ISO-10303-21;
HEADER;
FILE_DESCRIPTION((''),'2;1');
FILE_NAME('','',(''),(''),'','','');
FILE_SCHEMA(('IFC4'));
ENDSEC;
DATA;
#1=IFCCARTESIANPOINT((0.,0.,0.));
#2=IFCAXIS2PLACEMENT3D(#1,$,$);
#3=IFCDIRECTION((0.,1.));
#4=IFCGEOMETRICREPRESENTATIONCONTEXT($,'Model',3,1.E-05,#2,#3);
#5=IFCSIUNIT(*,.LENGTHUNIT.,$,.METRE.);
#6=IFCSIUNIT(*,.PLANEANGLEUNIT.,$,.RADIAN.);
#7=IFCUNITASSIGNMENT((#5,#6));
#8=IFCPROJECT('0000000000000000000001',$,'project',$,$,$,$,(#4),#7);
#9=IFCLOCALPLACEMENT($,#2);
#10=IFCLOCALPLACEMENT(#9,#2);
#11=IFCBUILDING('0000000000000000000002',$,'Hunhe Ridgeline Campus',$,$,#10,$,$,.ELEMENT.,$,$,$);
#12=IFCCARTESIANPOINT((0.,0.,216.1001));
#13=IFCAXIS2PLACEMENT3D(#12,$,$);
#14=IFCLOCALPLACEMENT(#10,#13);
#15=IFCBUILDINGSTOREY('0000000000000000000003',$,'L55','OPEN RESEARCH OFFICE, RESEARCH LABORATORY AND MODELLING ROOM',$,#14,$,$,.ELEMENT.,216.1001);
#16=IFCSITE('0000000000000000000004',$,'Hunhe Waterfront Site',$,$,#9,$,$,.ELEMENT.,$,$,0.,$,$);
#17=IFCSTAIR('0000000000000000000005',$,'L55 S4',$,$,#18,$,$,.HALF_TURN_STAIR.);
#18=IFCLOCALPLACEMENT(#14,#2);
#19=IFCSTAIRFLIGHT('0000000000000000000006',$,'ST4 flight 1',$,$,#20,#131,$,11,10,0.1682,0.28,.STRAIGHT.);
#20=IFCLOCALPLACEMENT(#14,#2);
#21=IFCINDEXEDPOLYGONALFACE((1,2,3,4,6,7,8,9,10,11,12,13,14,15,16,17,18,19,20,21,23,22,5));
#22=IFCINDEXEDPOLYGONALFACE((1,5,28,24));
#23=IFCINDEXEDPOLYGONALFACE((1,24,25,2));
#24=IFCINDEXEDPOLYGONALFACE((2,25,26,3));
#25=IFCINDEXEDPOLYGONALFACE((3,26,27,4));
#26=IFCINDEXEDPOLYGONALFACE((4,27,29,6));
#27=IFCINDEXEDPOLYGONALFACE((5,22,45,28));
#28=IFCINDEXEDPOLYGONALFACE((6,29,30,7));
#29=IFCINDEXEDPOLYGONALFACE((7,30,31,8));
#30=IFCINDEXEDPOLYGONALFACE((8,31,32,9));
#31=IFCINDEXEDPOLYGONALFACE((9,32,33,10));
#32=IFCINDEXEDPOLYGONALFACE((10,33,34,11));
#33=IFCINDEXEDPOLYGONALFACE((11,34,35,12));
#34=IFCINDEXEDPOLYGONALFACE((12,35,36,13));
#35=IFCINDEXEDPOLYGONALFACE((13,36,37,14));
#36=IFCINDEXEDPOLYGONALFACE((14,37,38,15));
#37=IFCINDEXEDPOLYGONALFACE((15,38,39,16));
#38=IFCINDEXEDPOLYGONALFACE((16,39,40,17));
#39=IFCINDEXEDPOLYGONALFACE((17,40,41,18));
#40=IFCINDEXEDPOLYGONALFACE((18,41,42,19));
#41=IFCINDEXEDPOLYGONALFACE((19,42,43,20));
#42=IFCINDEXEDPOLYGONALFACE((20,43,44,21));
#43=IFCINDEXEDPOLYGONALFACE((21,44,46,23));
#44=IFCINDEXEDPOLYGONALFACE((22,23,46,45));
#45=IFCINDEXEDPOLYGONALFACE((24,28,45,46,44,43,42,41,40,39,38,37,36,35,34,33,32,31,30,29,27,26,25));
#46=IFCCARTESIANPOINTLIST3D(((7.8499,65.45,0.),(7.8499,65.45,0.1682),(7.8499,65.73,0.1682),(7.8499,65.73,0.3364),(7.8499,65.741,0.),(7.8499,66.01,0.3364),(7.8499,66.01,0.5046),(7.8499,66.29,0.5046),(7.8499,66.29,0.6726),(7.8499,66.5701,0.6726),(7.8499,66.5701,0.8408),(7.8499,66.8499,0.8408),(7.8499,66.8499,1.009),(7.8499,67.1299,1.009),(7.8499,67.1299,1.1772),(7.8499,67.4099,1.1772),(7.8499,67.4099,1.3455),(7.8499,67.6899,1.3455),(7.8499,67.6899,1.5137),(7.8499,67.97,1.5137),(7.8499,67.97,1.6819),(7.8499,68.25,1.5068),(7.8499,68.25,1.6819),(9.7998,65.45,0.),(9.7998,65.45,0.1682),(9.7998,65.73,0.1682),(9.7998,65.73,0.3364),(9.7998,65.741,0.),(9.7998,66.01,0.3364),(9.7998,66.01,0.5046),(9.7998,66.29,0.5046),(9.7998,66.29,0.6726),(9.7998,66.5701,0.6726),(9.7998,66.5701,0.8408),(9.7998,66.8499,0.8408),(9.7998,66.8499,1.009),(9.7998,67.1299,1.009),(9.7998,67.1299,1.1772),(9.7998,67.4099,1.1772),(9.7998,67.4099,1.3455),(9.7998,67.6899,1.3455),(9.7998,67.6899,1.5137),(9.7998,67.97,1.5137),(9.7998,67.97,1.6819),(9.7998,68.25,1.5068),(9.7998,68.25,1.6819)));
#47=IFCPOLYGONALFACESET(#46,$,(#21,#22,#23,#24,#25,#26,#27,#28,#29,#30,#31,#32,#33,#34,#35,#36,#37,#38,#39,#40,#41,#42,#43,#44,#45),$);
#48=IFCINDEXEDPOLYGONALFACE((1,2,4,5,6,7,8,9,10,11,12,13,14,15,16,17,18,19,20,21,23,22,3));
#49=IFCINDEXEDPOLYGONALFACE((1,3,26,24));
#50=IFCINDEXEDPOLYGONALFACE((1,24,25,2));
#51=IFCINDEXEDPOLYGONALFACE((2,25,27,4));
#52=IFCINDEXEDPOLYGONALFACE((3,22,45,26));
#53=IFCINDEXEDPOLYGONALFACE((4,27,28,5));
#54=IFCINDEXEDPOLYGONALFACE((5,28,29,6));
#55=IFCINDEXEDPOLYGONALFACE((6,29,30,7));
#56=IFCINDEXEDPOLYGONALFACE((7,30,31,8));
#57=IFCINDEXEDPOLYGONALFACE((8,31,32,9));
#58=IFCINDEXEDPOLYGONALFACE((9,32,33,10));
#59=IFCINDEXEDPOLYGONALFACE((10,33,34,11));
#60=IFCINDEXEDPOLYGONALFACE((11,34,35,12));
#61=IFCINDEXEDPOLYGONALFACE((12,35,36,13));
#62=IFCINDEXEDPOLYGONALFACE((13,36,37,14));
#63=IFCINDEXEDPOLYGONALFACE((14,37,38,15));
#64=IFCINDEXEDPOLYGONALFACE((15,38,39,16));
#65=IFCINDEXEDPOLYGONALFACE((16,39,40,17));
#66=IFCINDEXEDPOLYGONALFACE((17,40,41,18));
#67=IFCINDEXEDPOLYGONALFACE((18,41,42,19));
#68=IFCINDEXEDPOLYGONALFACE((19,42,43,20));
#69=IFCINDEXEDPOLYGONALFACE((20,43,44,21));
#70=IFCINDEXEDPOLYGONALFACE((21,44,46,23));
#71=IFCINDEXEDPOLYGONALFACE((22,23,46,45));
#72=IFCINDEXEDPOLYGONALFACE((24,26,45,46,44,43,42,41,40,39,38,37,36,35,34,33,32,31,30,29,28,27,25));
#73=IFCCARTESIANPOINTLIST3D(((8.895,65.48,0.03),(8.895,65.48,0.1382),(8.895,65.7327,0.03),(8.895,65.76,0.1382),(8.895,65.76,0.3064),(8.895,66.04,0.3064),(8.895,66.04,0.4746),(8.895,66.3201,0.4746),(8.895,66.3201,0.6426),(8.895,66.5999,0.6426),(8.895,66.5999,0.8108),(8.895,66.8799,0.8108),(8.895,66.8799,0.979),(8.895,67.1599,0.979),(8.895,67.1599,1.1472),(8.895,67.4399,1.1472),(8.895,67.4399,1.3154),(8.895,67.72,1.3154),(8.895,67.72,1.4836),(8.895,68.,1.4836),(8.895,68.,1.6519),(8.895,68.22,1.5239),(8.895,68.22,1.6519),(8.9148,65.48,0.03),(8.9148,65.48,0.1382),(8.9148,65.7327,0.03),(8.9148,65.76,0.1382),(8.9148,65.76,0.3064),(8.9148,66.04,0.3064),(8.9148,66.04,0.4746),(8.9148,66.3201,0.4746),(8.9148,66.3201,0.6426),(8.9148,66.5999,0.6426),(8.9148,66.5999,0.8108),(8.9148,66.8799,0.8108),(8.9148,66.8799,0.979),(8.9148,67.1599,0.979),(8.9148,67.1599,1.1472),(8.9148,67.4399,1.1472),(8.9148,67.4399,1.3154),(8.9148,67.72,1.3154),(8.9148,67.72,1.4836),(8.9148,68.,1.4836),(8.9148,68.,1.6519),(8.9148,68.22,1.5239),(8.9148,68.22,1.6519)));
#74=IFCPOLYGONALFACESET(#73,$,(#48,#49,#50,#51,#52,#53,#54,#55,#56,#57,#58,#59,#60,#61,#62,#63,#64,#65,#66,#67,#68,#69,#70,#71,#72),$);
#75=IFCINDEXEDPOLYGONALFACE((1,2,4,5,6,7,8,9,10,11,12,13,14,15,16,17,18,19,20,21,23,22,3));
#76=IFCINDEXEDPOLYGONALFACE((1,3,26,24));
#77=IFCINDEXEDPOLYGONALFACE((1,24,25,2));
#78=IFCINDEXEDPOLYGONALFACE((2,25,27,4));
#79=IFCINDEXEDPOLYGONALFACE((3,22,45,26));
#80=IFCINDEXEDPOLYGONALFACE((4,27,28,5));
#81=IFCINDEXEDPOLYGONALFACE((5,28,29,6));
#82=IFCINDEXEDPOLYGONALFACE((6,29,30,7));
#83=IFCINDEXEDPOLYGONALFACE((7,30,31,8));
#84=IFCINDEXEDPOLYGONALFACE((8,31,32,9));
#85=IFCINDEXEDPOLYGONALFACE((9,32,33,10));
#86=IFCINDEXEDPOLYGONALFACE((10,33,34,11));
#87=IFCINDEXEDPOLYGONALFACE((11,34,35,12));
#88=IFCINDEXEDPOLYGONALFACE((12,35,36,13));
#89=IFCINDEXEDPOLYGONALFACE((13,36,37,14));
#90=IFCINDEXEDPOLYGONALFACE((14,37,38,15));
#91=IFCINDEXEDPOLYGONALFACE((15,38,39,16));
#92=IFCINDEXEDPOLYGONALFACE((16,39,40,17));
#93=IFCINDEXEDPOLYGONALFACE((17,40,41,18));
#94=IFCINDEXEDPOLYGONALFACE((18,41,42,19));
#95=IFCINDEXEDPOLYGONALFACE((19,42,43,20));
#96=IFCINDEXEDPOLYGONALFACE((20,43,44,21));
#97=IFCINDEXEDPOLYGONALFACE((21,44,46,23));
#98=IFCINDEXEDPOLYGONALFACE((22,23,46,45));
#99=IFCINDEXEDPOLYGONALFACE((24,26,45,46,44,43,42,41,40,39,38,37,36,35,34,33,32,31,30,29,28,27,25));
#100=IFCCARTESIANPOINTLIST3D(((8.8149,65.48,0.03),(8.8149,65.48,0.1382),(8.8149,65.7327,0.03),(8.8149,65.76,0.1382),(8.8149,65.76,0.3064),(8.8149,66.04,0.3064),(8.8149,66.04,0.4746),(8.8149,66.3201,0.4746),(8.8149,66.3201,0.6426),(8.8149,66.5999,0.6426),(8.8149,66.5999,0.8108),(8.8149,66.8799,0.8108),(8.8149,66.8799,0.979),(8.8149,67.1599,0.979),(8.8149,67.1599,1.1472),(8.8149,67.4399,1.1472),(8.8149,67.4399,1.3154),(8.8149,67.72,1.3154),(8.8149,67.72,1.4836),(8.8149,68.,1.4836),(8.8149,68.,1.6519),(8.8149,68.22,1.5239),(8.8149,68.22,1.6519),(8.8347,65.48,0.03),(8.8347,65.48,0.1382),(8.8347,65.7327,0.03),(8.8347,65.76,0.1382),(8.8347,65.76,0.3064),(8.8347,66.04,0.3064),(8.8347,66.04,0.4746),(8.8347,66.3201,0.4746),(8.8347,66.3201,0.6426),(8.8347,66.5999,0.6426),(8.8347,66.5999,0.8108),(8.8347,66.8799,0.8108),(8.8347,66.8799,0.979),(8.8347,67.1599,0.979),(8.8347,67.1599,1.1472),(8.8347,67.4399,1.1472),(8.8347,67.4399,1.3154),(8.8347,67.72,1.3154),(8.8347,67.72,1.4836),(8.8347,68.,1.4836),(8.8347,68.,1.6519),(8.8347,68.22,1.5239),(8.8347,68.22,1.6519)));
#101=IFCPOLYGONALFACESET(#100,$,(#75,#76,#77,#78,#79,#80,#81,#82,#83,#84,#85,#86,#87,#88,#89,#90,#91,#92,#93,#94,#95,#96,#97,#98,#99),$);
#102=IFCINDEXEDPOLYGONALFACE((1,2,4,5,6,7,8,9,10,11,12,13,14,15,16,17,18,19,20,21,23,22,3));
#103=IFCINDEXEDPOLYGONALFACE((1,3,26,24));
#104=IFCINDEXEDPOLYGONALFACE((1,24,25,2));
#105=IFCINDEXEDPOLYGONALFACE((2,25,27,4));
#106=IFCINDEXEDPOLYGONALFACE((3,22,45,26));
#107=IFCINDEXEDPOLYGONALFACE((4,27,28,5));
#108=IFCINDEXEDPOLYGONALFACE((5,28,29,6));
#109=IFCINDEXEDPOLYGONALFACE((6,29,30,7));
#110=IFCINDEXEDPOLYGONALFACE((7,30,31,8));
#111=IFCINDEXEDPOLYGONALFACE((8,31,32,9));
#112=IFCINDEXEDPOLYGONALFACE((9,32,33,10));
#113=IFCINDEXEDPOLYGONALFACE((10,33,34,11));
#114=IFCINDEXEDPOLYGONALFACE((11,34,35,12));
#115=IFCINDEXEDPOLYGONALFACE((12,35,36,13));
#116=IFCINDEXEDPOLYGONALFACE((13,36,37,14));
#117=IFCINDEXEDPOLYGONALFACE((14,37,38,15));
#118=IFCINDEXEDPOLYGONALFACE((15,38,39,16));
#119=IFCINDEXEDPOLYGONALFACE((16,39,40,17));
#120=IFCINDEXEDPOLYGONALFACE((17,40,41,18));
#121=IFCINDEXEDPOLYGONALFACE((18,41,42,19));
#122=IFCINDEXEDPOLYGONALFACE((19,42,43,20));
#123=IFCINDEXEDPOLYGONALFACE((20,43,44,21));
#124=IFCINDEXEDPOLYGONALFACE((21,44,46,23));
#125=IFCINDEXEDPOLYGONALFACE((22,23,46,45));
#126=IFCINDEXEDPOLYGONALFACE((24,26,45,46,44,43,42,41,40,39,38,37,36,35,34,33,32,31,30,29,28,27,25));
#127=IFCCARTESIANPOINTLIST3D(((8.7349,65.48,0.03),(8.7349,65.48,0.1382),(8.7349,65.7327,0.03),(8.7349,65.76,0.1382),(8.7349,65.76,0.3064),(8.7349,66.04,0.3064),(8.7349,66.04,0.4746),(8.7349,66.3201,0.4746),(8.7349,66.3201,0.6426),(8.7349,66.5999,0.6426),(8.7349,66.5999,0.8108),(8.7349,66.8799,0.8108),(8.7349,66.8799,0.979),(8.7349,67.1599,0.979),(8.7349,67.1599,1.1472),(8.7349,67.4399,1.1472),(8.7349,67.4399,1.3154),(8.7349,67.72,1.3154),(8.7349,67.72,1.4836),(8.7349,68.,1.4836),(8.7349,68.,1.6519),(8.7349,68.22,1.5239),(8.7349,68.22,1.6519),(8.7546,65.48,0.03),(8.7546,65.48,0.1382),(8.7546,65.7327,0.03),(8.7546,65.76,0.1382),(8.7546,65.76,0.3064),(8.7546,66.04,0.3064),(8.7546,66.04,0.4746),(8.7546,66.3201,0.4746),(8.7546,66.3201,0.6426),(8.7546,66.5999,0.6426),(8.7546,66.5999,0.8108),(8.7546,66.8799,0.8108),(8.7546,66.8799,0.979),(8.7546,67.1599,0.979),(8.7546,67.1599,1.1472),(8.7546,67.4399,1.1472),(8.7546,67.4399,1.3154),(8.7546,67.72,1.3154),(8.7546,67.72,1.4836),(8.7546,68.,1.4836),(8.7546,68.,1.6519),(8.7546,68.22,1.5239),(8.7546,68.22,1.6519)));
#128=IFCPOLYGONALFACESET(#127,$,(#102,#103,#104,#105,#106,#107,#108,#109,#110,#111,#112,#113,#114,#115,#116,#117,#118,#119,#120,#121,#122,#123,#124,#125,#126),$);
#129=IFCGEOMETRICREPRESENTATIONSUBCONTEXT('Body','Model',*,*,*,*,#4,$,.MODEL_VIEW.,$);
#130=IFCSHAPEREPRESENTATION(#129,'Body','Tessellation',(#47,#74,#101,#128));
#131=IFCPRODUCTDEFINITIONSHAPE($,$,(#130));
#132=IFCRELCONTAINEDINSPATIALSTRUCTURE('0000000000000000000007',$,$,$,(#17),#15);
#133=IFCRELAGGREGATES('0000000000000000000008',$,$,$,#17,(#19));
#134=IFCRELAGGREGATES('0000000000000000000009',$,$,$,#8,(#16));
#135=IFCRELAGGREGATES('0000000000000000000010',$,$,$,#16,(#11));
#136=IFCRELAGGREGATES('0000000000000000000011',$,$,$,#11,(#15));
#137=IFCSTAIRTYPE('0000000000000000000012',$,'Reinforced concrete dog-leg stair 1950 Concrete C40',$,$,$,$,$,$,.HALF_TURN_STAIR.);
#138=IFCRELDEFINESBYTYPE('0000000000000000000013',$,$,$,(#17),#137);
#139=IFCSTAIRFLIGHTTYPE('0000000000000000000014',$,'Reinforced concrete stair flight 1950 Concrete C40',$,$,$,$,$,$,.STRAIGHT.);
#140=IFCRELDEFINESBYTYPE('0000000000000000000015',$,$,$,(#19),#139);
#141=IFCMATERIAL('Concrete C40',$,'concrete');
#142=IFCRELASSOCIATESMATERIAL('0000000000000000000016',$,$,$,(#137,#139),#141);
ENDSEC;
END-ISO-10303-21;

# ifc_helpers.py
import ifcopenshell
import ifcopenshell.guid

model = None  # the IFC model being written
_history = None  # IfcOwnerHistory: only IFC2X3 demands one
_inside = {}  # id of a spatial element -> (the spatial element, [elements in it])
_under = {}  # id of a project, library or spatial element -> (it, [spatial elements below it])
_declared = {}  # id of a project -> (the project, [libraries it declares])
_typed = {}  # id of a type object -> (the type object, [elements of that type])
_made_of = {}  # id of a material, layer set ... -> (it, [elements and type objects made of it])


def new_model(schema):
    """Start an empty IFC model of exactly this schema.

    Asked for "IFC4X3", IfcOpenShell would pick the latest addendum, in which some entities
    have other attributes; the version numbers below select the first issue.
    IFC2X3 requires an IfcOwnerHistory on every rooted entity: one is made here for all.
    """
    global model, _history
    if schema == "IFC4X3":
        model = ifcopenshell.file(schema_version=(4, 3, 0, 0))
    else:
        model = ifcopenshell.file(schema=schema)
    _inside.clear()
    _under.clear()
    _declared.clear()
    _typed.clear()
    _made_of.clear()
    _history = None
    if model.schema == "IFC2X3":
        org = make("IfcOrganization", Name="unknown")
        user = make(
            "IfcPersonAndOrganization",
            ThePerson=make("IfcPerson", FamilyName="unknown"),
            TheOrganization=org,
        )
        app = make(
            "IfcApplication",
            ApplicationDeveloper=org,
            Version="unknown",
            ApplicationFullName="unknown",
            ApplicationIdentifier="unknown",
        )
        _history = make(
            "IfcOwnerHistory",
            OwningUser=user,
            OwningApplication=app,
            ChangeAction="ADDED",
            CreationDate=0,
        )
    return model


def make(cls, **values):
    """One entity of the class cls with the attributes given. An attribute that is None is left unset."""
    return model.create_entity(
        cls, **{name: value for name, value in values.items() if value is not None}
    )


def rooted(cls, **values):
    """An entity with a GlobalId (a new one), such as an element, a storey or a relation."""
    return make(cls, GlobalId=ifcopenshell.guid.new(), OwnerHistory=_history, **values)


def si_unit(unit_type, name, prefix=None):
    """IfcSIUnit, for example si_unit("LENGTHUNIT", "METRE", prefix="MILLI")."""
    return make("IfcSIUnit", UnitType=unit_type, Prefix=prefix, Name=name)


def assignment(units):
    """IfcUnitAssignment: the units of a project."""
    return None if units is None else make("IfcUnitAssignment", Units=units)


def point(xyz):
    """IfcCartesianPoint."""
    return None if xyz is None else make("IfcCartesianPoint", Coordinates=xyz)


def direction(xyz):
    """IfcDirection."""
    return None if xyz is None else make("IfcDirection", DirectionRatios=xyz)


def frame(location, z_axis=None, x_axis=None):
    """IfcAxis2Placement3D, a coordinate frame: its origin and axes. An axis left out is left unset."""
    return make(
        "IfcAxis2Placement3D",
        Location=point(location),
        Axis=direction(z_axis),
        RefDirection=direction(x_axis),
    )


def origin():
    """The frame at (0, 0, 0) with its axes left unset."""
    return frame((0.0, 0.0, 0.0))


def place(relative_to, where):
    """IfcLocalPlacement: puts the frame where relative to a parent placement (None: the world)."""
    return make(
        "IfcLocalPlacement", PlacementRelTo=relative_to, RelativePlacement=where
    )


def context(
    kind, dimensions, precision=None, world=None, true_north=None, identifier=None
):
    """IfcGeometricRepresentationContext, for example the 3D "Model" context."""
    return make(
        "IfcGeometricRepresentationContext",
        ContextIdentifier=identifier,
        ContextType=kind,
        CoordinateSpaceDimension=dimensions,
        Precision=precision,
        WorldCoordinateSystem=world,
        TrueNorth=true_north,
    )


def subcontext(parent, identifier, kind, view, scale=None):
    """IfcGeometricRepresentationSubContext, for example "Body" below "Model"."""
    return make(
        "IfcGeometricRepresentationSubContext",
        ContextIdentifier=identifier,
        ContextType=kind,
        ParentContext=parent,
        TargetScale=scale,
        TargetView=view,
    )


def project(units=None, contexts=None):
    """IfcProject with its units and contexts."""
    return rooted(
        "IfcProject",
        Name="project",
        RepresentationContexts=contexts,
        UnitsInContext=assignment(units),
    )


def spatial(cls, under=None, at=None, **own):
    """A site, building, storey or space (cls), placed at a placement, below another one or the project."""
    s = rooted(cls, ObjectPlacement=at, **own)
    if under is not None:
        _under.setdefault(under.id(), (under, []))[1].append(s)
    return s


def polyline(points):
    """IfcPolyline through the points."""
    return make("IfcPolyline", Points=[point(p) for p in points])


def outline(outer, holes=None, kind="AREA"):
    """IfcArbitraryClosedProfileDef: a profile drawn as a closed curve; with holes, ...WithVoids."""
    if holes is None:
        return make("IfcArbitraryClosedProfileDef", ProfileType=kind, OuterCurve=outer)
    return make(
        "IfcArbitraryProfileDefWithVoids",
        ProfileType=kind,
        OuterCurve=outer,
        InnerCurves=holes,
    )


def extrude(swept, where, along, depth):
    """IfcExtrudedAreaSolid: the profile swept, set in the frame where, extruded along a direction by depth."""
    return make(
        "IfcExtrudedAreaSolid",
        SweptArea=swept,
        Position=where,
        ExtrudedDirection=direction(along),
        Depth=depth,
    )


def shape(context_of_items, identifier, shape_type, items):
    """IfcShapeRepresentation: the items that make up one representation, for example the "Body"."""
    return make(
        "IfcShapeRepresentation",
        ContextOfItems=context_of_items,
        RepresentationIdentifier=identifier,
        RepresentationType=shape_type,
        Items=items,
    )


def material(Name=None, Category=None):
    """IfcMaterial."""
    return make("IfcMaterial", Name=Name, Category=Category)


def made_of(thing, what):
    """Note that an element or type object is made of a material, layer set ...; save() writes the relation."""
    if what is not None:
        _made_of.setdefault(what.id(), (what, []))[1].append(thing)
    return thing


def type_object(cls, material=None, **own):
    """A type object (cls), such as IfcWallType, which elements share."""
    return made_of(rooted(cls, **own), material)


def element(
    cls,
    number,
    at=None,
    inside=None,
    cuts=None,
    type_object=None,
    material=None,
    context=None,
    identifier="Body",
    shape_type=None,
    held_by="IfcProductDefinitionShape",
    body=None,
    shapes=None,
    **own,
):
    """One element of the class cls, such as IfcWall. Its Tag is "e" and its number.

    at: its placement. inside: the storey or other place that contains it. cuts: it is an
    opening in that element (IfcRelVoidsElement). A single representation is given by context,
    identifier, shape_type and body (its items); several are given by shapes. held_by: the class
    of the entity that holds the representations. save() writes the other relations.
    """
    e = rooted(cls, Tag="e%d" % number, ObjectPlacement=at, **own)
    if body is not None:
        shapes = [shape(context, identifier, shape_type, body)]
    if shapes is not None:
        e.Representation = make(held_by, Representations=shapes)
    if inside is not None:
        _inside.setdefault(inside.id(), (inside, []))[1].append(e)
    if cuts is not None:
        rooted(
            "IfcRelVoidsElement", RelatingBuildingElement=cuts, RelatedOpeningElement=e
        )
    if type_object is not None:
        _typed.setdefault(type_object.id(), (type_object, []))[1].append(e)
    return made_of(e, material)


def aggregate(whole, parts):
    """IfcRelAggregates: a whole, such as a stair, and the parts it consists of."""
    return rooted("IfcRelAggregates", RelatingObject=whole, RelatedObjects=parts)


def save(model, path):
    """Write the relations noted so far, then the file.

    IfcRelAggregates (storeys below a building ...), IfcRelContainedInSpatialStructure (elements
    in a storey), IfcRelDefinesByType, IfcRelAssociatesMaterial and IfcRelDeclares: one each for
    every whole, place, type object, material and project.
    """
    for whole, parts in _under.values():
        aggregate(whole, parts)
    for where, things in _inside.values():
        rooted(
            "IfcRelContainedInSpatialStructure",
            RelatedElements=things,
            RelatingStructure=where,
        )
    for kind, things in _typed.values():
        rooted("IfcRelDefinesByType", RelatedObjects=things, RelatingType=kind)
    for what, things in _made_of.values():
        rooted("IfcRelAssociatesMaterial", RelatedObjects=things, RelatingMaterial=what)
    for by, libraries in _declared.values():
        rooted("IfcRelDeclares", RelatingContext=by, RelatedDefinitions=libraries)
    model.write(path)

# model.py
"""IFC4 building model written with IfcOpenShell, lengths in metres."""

from ifc_helpers import new_model, si_unit, direction, frame, origin, place, context, subcontext, project, spatial, polyline, outline, extrude, material, type_object, element, aggregate, save


model = new_model("IFC4")

# Units and contexts
model_context = context("Model", 3, precision=1e-05, world=origin(), true_north=direction((0.0, 1.0)))
body_context = subcontext(model_context, "Body", "Model", "MODEL_VIEW")
ifc_project = project(units=[si_unit("LENGTHUNIT", "METRE"), si_unit("PLANEANGLEUNIT", "RADIAN")], contexts=[model_context])

# Site, building, storey
site_placement = place(None, origin())
site = spatial("IfcSite", under=ifc_project, at=site_placement, Name="Hunhe Waterfront Site", CompositionType="ELEMENT", RefElevation=0.0)
building_placement = place(site_placement, origin())
building = spatial("IfcBuilding", under=site, at=building_placement, Name="Hunhe Ridgeline Campus", CompositionType="ELEMENT")
storey_placement = place(building_placement, frame((0.0, 0.0, 216.1001)))
storey = spatial("IfcBuildingStorey", under=building, at=storey_placement, Name="L55", Description="OPEN RESEARCH OFFICE, RESEARCH LABORATORY AND MODELLING ROOM", CompositionType="ELEMENT", Elevation=216.1001)

# Stair, stair flight
ifc_material_1 = material(Name="Concrete C40", Category="concrete")
stair_type = type_object("IfcStairType", Name="Reinforced concrete dog-leg stair 1950 Concrete C40", PredefinedType="HALF_TURN_STAIR", material=ifc_material_1)
stair_flight_type = type_object("IfcStairFlightType", Name="Reinforced concrete stair flight 1950 Concrete C40", PredefinedType="STRAIGHT", material=ifc_material_1)
stair_1_placement = place(storey_placement, origin())
stair_1 = element("IfcStair", 1, at=stair_1_placement, inside=storey, type_object=stair_type, Name="L55 S4", PredefinedType="HALF_TURN_STAIR")
stair_flight_1_placement = place(storey_placement, frame((8.825, 65.45, 0.0), z_axis=(0.0, 0.0, 1.0), x_axis=(0.0, 1.0, 0.0)))
stair_flight_1 = element("IfcStairFlight", 2, at=stair_flight_1_placement, type_object=stair_flight_type, Name="ST4 flight 1", NumberOfRisers=11, NumberOfTreads=10, PredefinedType="STRAIGHT", RiserHeight=0.1682, TreadLength=0.28, context=body_context, shape_type="SweptSolid", body=[
    extrude(outline(polyline([(0.0, 0.0), (0.0, 0.1682), (0.28, 0.1682), (0.28, 0.3364), (0.5601, 0.3364), (0.5601, 0.5046), (0.8401, 0.5046), (0.8401, 0.6726), (1.1201, 0.6726), (1.1201, 0.8408), (1.3999, 0.8408), (1.3999, 1.009), (1.6799, 1.009), (1.6799, 1.1772), (1.96, 1.1772), (1.96, 1.3455), (2.24, 1.3455), (2.24, 1.5137), (2.52, 1.5137), (2.52, 1.6819), (2.8, 1.6819), (2.8, 1.8501), (2.8, 1.5068), (0.291, 0.0), (0.0, 0.0)])), frame((0.0, 0.9751, 0.0), z_axis=(0.0, -1.0, 0.0), x_axis=(1.0, 0.0, 0.0)), (0.0, 0.0, 1.0), 1.95),
    extrude(outline(polyline([(0.03, 0.03), (0.03, 0.1382), (0.3101, 0.1382), (0.3101, 0.3064), (0.5901, 0.3064), (0.5901, 0.4746), (0.8701, 0.4746), (0.8701, 0.6426), (1.1499, 0.6426), (1.1499, 0.8108), (1.4299, 0.8108), (1.4299, 0.979), (1.71, 0.979), (1.71, 1.1472), (1.99, 1.1472), (1.99, 1.3154), (2.27, 1.3154), (2.27, 1.4836), (2.55, 1.4836), (2.55, 1.6519), (2.77, 1.6519), (2.77, 1.5239), (0.2827, 0.03), (0.03, 0.03)])), frame((0.0, -0.0701, 0.0), z_axis=(0.0, -1.0, 0.0), x_axis=(1.0, 0.0, 0.0)), (0.0, 0.0, 1.0), 0.0198),
    extrude(outline(polyline([(0.03, 0.03), (0.03, 0.1382), (0.3101, 0.1382), (0.3101, 0.3064), (0.5901, 0.3064), (0.5901, 0.4746), (0.8701, 0.4746), (0.8701, 0.6426), (1.1499, 0.6426), (1.1499, 0.8108), (1.4299, 0.8108), (1.4299, 0.979), (1.71, 0.979), (1.71, 1.1472), (1.99, 1.1472), (1.99, 1.3154), (2.27, 1.3154), (2.27, 1.4836), (2.55, 1.4836), (2.55, 1.6519), (2.77, 1.6519), (2.77, 1.5239), (0.2827, 0.03), (0.03, 0.03)])), frame((0.0, 0.01, 0.0), z_axis=(0.0, -1.0, 0.0), x_axis=(1.0, 0.0, 0.0)), (0.0, 0.0, 1.0), 0.0198),
    extrude(outline(polyline([(0.03, 0.03), (0.03, 0.1382), (0.3101, 0.1382), (0.3101, 0.3064), (0.5901, 0.3064), (0.5901, 0.4746), (0.8701, 0.4746), (0.8701, 0.6426), (1.1499, 0.6426), (1.1499, 0.8108), (1.4299, 0.8108), (1.4299, 0.979), (1.71, 0.979), (1.71, 1.1472), (1.99, 1.1472), (1.99, 1.3154), (2.27, 1.3154), (2.27, 1.4836), (2.55, 1.4836), (2.55, 1.6519), (2.77, 1.6519), (2.77, 1.5239), (0.2827, 0.03), (0.03, 0.03)])), frame((0.0, 0.0901, 0.0), z_axis=(0.0, -1.0, 0.0), x_axis=(1.0, 0.0, 0.0)), (0.0, 0.0, 1.0), 0.0198),
])
aggregate(stair_1, [stair_flight_1])

save(model, "model.ifc")
